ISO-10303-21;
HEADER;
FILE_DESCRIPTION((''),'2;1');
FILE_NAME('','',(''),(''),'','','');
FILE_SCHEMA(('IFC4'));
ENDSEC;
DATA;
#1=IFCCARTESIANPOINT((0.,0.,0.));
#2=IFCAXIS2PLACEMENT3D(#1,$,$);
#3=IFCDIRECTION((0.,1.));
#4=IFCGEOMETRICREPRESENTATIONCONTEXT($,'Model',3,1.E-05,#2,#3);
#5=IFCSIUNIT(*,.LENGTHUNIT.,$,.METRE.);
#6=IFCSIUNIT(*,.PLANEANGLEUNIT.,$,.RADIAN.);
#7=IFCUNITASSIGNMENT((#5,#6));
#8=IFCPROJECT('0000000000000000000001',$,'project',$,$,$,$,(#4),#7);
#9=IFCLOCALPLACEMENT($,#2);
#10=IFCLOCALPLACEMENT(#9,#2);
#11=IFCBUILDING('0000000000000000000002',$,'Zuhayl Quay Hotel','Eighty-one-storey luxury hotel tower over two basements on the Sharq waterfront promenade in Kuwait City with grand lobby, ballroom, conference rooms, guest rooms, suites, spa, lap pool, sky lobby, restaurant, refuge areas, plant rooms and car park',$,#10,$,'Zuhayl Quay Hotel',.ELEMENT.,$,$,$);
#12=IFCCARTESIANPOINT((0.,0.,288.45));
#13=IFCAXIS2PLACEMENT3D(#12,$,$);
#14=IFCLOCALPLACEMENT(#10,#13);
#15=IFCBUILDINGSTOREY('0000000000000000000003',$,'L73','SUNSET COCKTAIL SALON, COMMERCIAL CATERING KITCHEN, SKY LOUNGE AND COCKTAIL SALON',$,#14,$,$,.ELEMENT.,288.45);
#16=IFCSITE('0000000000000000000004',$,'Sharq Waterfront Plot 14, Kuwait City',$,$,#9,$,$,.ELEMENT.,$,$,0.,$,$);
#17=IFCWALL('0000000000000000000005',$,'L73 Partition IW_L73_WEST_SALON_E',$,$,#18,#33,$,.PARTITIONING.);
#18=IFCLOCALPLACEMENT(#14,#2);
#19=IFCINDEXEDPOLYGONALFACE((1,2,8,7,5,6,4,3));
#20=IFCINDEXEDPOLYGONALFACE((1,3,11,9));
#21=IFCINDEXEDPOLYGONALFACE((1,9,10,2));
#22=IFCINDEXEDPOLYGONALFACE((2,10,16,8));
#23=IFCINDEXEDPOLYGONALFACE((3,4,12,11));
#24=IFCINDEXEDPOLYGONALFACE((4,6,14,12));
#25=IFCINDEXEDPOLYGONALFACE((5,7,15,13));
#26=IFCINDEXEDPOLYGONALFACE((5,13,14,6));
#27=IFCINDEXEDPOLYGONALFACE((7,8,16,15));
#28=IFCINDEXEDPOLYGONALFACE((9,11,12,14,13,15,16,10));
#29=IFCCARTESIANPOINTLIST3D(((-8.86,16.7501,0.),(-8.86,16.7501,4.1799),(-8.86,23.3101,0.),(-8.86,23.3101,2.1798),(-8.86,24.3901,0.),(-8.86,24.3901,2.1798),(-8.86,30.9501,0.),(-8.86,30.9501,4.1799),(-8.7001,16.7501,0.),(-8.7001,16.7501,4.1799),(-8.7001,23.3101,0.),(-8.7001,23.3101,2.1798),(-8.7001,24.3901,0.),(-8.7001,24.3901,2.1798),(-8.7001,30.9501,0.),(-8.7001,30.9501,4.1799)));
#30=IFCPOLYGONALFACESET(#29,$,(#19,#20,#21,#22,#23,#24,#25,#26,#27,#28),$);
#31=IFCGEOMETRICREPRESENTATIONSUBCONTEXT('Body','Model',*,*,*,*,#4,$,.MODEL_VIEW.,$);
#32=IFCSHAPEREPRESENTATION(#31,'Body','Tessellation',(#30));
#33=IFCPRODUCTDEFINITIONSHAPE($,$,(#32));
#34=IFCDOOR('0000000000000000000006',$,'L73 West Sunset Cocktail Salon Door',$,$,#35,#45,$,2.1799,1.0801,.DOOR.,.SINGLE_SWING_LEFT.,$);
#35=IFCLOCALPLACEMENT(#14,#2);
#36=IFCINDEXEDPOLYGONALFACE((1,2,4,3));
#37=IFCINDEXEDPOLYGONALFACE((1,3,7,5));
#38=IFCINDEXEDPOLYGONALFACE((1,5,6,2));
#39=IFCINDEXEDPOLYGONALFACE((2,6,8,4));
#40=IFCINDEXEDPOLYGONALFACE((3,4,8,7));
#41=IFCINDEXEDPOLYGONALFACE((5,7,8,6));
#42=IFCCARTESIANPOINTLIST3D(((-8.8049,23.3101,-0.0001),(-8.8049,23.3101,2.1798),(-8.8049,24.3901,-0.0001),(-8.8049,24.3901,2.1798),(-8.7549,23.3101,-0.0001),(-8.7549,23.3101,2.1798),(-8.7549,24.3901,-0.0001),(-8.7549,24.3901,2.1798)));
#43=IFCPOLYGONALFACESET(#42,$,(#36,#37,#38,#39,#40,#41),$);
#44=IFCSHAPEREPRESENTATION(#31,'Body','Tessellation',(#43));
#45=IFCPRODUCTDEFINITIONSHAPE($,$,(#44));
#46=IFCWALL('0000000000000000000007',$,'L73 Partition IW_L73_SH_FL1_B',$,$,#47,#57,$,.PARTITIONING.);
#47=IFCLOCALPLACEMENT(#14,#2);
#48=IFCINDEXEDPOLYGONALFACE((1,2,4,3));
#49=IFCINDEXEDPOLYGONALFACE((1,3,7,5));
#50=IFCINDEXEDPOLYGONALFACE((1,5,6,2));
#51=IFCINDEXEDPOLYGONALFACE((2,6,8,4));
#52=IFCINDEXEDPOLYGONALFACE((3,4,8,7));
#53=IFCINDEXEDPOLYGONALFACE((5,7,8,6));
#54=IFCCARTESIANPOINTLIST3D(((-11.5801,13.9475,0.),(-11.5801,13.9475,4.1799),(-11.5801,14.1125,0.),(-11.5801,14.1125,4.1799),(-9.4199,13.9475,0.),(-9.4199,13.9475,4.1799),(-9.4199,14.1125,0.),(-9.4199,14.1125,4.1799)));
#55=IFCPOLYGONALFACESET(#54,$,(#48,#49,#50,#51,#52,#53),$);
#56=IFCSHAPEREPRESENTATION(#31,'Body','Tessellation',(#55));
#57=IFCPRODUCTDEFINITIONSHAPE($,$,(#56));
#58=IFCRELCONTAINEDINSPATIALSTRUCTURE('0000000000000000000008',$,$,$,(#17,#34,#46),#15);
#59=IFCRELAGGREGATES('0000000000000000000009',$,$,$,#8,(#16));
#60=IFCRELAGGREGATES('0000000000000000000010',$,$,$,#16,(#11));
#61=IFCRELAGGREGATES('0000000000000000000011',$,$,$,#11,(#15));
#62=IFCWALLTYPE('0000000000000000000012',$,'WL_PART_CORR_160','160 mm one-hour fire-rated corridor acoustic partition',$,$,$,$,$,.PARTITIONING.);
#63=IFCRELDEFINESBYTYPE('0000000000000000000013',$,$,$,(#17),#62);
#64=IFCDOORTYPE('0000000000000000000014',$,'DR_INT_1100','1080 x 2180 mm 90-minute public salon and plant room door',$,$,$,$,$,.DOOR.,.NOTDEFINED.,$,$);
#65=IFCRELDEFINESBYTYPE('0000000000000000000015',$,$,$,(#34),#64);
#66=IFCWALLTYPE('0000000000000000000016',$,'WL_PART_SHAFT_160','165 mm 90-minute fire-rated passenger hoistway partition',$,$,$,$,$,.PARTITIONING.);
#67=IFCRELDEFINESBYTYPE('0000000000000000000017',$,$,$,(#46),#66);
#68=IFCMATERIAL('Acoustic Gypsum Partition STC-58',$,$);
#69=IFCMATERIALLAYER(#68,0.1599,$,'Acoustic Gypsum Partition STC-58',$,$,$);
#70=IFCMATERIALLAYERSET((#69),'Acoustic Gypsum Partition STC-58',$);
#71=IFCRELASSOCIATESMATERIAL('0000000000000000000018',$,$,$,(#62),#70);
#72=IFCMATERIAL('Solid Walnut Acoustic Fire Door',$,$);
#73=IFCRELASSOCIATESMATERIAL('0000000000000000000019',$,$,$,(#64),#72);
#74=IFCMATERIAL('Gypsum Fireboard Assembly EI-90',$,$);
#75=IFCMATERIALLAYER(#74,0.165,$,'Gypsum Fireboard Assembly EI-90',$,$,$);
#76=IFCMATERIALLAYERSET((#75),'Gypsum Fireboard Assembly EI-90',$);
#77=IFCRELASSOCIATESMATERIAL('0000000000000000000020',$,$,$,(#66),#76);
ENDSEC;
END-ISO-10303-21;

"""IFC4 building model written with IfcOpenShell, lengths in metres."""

from ifc_helpers import new_model, si_unit, direction, frame, frame_2d, origin, place, context, subcontext, project, spatial, rectangle, extrude, material, layer, layer_set, type_object, element, fill, save


model = new_model("IFC4")

# Units and contexts
model_context = context("Model", 3, precision=1e-05, world=origin(), true_north=direction((0.0, 1.0)))
body_context = subcontext(model_context, "Body", "Model", "MODEL_VIEW")
ifc_project = project(units=[si_unit("LENGTHUNIT", "METRE"), si_unit("PLANEANGLEUNIT", "RADIAN")], contexts=[model_context])

# Site, building, storey
site_placement = place(None, origin())
site = spatial("IfcSite", under=ifc_project, at=site_placement, Name="Sharq Waterfront Plot 14, Kuwait City", CompositionType="ELEMENT", RefElevation=0.0)
building_placement = place(site_placement, origin())
building = spatial("IfcBuilding", under=site, at=building_placement, Name="Zuhayl Quay Hotel", Description="Eighty-one-storey luxury hotel tower over two basements on the Sharq waterfront promenade in Kuwait City with grand lobby, ballroom, conference rooms, guest rooms, suites, spa, lap pool, sky lobby, restaurant, refuge areas, plant rooms and car park", LongName="Zuhayl Quay Hotel", CompositionType="ELEMENT")
storey_placement = place(building_placement, frame((0.0, 0.0, 288.45)))
storey = spatial("IfcBuildingStorey", under=building, at=storey_placement, Name="L73", Description="SUNSET COCKTAIL SALON, COMMERCIAL CATERING KITCHEN, SKY LOUNGE AND COCKTAIL SALON", CompositionType="ELEMENT", Elevation=288.45)

# Shared definitions
ifc_material_1 = material(Name="Acoustic Gypsum Partition STC-58")

# Wall, opening, door
ifc_layer_1 = layer(ifc_material_1, 0.1599, Name="Acoustic Gypsum Partition STC-58")
ifc_layer_set_1 = layer_set([ifc_layer_1], Name="Acoustic Gypsum Partition STC-58")
wall_type_1 = type_object("IfcWallType", Name="WL_PART_CORR_160", Description="160 mm one-hour fire-rated corridor acoustic partition", PredefinedType="PARTITIONING", material=ifc_layer_set_1)
ifc_material_2 = material(Name="Solid Walnut Acoustic Fire Door")
door_type = type_object("IfcDoorType", Name="DR_INT_1100", Description="1080 x 2180 mm 90-minute public salon and plant room door", OperationType="NOTDEFINED", PredefinedType="DOOR", material=ifc_material_2)
wall_1_placement = place(storey_placement, frame((-8.78, 16.75, 0.0), z_axis=(0.0, 0.0, 1.0), x_axis=(0.0, 1.0, 0.0)))
wall_1 = element("IfcWall", 1, at=wall_1_placement, inside=storey, type_object=wall_type_1, Name="L73 Partition IW_L73_WEST_SALON_E", PredefinedType="PARTITIONING", context=body_context, shape_type="SweptSolid", body=[
    extrude(rectangle(XDim=14.2, YDim=0.1599, at=frame_2d((7.1001, 0.0))), origin(), (0.0, 0.0, 1.0), 4.1799),
])
opening_1_placement = place(wall_1_placement, frame((6.5601, 0.0, 0.0)))
opening_1 = element("IfcOpeningElement", 2, at=opening_1_placement, cuts=wall_1, PredefinedType="OPENING", context=body_context, shape_type="SweptSolid", body=[
    extrude(rectangle(XDim=1.0801, YDim=2.1799, at=frame_2d((0.54, 1.0898))), frame((0.0, 0.0898, 0.0), z_axis=(0.0, -1.0, 0.0), x_axis=(1.0, 0.0, 0.0)), (0.0, 0.0, 1.0), 0.1799),
])
door_1_placement = place(opening_1_placement, origin())
door_1 = element("IfcDoor", 3, at=door_1_placement, inside=storey, type_object=door_type, Name="L73 West Sunset Cocktail Salon Door", OperationType="SINGLE_SWING_LEFT", OverallHeight=2.1799, OverallWidth=1.0801, PredefinedType="DOOR", context=body_context, shape_type="SweptSolid", body=[
    extrude(rectangle(XDim=1.0801, YDim=2.1799, at=frame_2d((0.54, 1.0898))), frame((0.0, 0.0249, 0.0), z_axis=(0.0, -1.0, 0.0), x_axis=(1.0, 0.0, 0.0)), (0.0, 0.0, 1.0), 0.05),
])
fill(opening_1, door_1)

# Wall
ifc_material_3 = material(Name="Gypsum Fireboard Assembly EI-90")
ifc_layer_2 = layer(ifc_material_3, 0.165, Name="Gypsum Fireboard Assembly EI-90")
ifc_layer_set_2 = layer_set([ifc_layer_2], Name="Gypsum Fireboard Assembly EI-90")
wall_type_2 = type_object("IfcWallType", Name="WL_PART_SHAFT_160", Description="165 mm 90-minute fire-rated passenger hoistway partition", PredefinedType="PARTITIONING", material=ifc_layer_set_2)
wall_2_placement = place(storey_placement, frame((-11.5801, 14.03, 0.0), z_axis=(0.0, 0.0, 1.0), x_axis=(1.0, 0.0, 0.0)))
element("IfcWall", 4, at=wall_2_placement, inside=storey, type_object=wall_type_2, Name="L73 Partition IW_L73_SH_FL1_B", PredefinedType="PARTITIONING", context=body_context, shape_type="SweptSolid", body=[
    extrude(rectangle(XDim=2.1602, YDim=0.165, at=frame_2d((1.0801, 0.0))), origin(), (0.0, 0.0, 1.0), 4.1799),
])

save(model, "model.ifc")
